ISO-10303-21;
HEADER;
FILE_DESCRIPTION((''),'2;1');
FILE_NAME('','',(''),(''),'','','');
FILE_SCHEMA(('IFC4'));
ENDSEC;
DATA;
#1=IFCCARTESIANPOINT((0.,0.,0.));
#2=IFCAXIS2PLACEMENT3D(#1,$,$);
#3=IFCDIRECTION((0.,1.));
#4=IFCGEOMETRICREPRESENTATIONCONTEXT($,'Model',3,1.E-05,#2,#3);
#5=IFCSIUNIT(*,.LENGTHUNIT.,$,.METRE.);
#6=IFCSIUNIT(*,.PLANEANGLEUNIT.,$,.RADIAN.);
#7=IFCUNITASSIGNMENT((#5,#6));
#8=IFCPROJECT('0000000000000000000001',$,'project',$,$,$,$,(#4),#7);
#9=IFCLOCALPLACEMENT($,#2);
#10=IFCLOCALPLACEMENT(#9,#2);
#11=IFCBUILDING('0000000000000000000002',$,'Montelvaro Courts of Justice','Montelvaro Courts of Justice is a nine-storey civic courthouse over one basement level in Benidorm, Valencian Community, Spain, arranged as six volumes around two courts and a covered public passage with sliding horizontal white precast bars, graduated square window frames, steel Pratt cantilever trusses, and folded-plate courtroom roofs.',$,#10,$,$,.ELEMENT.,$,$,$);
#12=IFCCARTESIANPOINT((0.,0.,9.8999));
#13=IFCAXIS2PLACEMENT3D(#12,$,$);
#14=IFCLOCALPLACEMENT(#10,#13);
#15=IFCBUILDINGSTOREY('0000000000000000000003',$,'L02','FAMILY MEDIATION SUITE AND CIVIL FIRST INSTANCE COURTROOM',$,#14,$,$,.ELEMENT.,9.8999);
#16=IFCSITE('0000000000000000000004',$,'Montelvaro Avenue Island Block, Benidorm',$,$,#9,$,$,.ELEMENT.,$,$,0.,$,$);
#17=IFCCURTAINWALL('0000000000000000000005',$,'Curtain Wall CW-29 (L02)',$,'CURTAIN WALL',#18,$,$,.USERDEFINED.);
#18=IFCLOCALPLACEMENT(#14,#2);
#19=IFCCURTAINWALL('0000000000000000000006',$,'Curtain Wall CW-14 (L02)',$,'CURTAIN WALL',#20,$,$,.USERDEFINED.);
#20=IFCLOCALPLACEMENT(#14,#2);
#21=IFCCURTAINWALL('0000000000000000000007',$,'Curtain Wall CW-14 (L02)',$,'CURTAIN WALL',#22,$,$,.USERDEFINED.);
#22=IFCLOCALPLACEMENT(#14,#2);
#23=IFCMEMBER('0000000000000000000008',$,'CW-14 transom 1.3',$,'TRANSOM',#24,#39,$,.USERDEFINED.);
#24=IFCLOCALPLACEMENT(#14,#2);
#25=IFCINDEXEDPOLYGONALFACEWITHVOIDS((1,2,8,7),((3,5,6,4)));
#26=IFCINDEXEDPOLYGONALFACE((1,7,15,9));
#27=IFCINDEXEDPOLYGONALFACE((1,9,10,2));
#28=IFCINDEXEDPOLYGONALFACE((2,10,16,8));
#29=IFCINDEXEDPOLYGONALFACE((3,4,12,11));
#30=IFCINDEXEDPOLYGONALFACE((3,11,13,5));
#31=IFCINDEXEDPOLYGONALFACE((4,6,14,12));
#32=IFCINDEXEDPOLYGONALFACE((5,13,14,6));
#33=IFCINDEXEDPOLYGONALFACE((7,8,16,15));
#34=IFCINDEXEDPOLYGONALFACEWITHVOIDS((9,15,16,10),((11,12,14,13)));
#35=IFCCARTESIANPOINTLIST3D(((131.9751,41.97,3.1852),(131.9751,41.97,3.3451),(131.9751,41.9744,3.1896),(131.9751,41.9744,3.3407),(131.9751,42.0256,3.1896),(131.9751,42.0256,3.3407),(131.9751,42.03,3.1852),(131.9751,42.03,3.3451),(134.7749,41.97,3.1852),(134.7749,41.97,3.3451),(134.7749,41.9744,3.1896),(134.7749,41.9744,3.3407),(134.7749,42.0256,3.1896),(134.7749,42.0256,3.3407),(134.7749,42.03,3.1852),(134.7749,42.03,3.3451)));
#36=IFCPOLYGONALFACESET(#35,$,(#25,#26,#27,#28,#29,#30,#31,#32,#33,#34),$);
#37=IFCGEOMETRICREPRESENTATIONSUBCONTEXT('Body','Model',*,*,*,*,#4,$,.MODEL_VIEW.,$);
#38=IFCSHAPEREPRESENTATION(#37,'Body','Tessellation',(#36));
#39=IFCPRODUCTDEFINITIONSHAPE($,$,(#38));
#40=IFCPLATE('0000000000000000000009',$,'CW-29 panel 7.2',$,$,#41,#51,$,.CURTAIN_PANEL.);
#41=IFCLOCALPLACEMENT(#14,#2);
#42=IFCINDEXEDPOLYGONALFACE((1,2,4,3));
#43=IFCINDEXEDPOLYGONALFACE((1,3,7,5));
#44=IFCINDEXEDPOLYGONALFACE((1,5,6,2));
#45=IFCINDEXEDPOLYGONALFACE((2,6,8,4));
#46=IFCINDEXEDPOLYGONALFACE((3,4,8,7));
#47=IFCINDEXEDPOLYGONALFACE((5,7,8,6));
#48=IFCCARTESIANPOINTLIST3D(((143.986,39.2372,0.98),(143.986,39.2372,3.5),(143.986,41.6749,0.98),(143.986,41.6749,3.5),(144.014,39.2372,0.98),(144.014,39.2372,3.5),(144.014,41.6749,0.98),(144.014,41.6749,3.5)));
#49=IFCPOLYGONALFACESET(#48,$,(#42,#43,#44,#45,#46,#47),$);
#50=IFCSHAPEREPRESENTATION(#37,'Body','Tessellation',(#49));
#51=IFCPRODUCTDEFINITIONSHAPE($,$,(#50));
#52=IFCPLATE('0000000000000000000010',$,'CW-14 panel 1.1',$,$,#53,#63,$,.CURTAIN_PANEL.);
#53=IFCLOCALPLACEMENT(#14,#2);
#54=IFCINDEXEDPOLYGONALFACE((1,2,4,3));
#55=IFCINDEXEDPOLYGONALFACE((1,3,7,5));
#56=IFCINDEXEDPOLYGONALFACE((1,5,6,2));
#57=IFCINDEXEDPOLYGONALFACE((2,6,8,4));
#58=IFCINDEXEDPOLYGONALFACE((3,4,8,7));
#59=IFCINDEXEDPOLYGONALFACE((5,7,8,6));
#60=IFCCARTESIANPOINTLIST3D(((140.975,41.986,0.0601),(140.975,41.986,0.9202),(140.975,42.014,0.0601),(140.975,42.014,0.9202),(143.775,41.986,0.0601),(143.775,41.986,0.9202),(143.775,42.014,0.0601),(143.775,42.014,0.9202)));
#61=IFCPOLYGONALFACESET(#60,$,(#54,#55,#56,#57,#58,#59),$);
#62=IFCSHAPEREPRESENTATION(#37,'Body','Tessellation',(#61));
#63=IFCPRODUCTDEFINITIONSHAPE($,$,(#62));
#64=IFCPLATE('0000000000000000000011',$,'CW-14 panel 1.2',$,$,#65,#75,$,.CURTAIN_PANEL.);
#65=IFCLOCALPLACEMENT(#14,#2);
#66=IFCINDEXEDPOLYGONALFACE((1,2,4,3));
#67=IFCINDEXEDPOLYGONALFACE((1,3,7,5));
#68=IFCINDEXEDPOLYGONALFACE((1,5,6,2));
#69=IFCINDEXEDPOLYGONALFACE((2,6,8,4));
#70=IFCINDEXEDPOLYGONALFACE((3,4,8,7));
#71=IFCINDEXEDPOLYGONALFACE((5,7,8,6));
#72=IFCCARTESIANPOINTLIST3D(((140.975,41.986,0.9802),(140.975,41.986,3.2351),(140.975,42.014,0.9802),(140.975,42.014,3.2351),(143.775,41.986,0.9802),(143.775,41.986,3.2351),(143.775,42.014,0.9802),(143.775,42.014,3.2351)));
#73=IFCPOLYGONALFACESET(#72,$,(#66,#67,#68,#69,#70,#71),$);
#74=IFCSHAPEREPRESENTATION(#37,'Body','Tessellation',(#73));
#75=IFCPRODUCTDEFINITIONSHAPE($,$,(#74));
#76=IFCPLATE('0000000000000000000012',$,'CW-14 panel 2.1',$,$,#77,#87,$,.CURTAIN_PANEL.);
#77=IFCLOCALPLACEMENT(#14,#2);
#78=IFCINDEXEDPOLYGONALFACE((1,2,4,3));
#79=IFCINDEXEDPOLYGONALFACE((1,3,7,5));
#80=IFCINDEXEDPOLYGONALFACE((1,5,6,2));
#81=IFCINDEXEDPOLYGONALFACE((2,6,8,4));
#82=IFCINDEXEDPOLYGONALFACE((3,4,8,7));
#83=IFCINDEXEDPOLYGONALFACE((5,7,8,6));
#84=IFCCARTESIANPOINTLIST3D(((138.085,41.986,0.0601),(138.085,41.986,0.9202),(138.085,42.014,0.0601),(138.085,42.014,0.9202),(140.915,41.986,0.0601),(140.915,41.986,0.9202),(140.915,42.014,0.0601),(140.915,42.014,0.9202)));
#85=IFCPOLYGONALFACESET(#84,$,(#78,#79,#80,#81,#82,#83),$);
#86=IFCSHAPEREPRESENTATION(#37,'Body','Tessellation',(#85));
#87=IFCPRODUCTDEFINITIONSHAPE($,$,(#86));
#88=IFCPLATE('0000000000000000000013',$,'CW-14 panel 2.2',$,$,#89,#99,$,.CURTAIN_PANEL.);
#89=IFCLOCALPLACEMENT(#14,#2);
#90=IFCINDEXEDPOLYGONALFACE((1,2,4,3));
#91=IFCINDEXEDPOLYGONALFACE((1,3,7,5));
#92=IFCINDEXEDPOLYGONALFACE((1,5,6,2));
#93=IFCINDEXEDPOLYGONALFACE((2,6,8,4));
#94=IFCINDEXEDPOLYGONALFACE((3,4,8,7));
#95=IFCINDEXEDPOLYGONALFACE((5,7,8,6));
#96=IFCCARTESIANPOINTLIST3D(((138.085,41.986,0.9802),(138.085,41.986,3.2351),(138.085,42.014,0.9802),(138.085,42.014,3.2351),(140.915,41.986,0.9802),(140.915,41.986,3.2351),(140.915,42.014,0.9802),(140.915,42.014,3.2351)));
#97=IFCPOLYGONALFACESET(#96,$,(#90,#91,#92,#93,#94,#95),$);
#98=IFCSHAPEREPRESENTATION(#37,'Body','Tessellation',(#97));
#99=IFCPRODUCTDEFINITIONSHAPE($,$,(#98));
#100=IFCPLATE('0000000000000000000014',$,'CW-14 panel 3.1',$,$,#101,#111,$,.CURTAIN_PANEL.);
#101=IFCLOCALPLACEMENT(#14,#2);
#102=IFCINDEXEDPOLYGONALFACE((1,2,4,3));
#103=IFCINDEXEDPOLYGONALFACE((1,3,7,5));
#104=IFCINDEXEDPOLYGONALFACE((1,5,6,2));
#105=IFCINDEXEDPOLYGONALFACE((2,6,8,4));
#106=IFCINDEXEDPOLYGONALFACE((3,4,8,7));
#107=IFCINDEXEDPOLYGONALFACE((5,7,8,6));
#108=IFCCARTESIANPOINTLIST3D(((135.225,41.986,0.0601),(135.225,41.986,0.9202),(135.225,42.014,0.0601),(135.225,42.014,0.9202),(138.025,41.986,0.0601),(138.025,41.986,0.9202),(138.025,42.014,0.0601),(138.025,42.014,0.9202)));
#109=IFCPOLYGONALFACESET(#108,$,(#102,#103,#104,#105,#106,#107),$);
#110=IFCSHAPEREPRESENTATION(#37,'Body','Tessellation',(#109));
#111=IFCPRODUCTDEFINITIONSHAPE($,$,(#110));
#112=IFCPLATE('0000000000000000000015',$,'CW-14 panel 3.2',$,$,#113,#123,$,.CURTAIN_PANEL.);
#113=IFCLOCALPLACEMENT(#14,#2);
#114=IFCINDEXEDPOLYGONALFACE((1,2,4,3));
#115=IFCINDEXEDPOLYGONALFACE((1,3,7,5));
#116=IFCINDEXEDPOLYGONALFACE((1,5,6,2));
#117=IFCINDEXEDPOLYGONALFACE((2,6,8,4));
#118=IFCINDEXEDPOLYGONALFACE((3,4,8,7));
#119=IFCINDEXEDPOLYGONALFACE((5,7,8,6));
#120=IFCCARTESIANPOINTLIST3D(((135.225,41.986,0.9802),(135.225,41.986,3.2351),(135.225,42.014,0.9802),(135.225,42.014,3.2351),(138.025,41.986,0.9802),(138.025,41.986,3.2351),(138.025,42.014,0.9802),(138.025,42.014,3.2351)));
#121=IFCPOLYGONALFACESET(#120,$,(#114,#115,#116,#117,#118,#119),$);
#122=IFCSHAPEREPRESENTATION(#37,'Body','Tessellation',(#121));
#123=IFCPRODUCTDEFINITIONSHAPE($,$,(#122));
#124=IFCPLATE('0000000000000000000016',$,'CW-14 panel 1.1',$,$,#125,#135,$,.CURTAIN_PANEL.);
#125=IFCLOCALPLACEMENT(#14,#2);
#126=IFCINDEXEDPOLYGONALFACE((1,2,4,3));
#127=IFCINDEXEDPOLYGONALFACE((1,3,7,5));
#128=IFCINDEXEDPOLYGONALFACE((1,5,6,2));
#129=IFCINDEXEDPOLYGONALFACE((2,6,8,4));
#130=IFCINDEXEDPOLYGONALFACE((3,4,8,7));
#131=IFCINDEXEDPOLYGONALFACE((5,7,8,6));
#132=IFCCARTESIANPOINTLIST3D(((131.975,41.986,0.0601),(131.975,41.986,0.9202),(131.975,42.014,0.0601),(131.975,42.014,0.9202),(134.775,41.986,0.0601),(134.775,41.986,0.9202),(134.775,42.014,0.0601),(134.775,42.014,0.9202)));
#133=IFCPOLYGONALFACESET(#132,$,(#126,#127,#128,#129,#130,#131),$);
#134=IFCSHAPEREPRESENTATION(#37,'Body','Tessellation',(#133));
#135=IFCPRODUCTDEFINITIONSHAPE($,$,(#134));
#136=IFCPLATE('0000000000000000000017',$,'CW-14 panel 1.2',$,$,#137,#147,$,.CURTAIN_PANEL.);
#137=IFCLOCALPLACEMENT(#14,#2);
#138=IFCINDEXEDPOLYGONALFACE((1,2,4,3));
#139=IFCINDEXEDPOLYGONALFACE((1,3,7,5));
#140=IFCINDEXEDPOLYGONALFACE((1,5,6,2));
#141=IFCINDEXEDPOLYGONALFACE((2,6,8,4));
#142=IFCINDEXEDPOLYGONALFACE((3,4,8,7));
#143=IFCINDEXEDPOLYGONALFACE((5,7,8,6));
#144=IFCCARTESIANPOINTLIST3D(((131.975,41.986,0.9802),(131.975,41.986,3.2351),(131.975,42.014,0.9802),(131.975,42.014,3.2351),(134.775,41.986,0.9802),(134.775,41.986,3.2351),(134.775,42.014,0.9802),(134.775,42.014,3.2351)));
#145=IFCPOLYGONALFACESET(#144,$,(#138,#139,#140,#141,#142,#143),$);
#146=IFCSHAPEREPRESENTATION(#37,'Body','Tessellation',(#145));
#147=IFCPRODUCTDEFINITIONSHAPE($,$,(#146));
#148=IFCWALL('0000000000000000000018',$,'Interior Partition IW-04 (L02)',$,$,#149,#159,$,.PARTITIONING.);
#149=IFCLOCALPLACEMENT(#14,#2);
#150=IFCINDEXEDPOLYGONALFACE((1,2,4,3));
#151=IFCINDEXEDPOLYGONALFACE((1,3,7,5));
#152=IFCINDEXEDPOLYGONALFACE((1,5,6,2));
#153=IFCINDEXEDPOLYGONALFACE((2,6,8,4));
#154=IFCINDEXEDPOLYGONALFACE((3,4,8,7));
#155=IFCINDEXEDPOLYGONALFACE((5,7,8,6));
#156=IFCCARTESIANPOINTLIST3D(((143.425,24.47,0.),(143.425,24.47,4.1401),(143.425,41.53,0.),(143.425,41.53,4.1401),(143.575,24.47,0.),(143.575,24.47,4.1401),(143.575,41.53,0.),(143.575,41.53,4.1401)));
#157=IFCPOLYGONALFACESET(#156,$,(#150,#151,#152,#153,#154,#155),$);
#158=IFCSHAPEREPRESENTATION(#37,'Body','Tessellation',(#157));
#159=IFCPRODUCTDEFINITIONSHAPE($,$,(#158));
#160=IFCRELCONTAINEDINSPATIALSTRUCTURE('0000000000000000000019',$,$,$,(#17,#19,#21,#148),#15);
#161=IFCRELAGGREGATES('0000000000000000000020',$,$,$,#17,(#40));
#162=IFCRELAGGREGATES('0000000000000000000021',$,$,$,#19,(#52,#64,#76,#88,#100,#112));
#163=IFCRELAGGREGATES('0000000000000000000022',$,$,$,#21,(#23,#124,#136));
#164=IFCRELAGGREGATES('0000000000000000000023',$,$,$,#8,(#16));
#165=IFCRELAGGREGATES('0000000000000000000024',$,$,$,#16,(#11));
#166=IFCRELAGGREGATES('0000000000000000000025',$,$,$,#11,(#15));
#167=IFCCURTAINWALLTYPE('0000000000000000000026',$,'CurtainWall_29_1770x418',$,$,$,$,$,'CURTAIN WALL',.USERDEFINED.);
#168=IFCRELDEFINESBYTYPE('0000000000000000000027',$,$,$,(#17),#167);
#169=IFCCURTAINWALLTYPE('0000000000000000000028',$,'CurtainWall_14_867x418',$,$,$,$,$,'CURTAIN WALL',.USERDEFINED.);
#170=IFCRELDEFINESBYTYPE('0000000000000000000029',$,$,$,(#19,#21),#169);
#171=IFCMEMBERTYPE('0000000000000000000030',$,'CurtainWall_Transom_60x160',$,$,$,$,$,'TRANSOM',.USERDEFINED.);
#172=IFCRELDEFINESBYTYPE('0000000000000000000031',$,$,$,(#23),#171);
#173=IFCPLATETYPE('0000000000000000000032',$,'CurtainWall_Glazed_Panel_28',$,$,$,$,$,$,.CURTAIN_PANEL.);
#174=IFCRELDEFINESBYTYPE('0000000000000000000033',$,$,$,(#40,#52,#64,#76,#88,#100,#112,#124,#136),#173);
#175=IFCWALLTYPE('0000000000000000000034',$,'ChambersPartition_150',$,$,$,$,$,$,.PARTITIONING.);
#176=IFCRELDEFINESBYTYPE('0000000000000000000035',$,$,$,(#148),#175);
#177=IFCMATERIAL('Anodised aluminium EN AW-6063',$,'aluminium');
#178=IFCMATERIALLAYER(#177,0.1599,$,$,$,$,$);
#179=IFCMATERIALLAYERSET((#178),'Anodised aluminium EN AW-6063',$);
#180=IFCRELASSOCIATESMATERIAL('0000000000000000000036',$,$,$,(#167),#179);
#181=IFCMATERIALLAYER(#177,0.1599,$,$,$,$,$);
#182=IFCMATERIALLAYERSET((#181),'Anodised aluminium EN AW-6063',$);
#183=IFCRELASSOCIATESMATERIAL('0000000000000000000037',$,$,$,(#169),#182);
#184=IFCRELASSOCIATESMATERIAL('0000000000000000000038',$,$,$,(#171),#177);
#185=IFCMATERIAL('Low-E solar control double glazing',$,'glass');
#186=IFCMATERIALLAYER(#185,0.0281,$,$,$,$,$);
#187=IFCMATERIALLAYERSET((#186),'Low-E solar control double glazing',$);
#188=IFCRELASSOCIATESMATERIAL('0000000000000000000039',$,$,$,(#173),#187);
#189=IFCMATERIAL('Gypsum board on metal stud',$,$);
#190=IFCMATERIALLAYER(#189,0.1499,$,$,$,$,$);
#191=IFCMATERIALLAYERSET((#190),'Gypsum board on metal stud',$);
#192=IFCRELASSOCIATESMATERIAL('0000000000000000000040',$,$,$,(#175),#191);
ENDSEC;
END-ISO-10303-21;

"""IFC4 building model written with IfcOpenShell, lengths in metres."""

from ifc_helpers import new_model, si_unit, direction, frame, frame_2d, origin, origin_2d, place, context, subcontext, project, spatial, rectangle, hollow_rectangle, extrude, material, layer, layer_set, material_profile, profile_set, type_object, element, aggregate, save


model = new_model("IFC4")

# Units and contexts
model_context = context("Model", 3, precision=1e-05, world=origin(), true_north=direction((0.0, 1.0)))
body_context = subcontext(model_context, "Body", "Model", "MODEL_VIEW")
ifc_project = project(units=[si_unit("LENGTHUNIT", "METRE"), si_unit("PLANEANGLEUNIT", "RADIAN")], contexts=[model_context])

# Site, building, storey
site_placement = place(None, origin())
site = spatial("IfcSite", under=ifc_project, at=site_placement, Name="Montelvaro Avenue Island Block, Benidorm", CompositionType="ELEMENT", RefElevation=0.0)
building_placement = place(site_placement, origin())
building = spatial("IfcBuilding", under=site, at=building_placement, Name="Montelvaro Courts of Justice", Description="Montelvaro Courts of Justice is a nine-storey civic courthouse over one basement level in Benidorm, Valencian Community, Spain, arranged as six volumes around two courts and a covered public passage with sliding horizontal white precast bars, graduated square window frames, steel Pratt cantilever trusses, and folded-plate courtroom roofs.", CompositionType="ELEMENT")
storey_placement = place(building_placement, frame((0.0, 0.0, 9.8999)))
storey = spatial("IfcBuildingStorey", under=building, at=storey_placement, Name="L02", Description="FAMILY MEDIATION SUITE AND CIVIL FIRST INSTANCE COURTROOM", CompositionType="ELEMENT", Elevation=9.8999)

# Curtain wall
ifc_material_1 = material(Name="Anodised aluminium EN AW-6063", Category="aluminium")
ifc_layer_1 = layer(ifc_material_1, 0.1599)
ifc_layer_set_1 = layer_set([ifc_layer_1], Name="Anodised aluminium EN AW-6063")
curtain_wall_type_1 = type_object("IfcCurtainWallType", Name="CurtainWall_29_1770x418", ElementType="CURTAIN WALL", PredefinedType="USERDEFINED", material=ifc_layer_set_1)
curtain_wall_1_placement = place(storey_placement, origin())
curtain_wall_1 = element("IfcCurtainWall", 1, at=curtain_wall_1_placement, inside=storey, type_object=curtain_wall_type_1, Name="Curtain Wall CW-29 (L02)", ObjectType="CURTAIN WALL", PredefinedType="USERDEFINED")

# Curtain wall
ifc_layer_2 = layer(ifc_material_1, 0.1599)
ifc_layer_set_2 = layer_set([ifc_layer_2], Name="Anodised aluminium EN AW-6063")
curtain_wall_type_2 = type_object("IfcCurtainWallType", Name="CurtainWall_14_867x418", ElementType="CURTAIN WALL", PredefinedType="USERDEFINED", material=ifc_layer_set_2)
curtain_wall_2_placement = place(storey_placement, origin())
curtain_wall_2 = element("IfcCurtainWall", 2, at=curtain_wall_2_placement, inside=storey, type_object=curtain_wall_type_2, Name="Curtain Wall CW-14 (L02)", ObjectType="CURTAIN WALL", PredefinedType="USERDEFINED")

# Curtain wall
curtain_wall_3_placement = place(storey_placement, origin())
curtain_wall_3 = element("IfcCurtainWall", 3, at=curtain_wall_3_placement, inside=storey, type_object=curtain_wall_type_2, Name="Curtain Wall CW-14 (L02)", ObjectType="CURTAIN WALL", PredefinedType="USERDEFINED")

# Member
ifc_material_profile_1 = material_profile(ifc_material_1, hollow_rectangle(XDim=0.0601, YDim=0.1599, WallThickness=0.0044, at=origin_2d()), Name="ALU-T 60x160")
ifc_profile_set_1 = profile_set([ifc_material_profile_1], Name="Anodised aluminium EN AW-6063")
member_type_1 = type_object("IfcMemberType", Name="CurtainWall_Transom_60x160", ElementType="TRANSOM", PredefinedType="USERDEFINED", material=ifc_profile_set_1)
member_1_placement = place(storey_placement, frame((134.7749, 42.0, 3.2651), z_axis=(-1.0, 0.0, 0.0), x_axis=(0.0, -1.0, 0.0)))
member_1 = element("IfcMember", 4, at=member_1_placement, type_object=member_type_1, Name="CW-14 transom 1.3", ObjectType="TRANSOM", PredefinedType="USERDEFINED", context=body_context, shape_type="SweptSolid", body=[
    extrude(hollow_rectangle(XDim=0.0601, YDim=0.1599, WallThickness=0.0044, at=origin_2d()), origin(), (0.0, 0.0, 1.0), 2.7998),
])

# Plates
ifc_material_2 = material(Name="Low-E solar control double glazing", Category="glass")
ifc_layer_3 = layer(ifc_material_2, 0.0281)
ifc_layer_set_3 = layer_set([ifc_layer_3], Name="Low-E solar control double glazing")
plate_type = type_object("IfcPlateType", Name="CurtainWall_Glazed_Panel_28", PredefinedType="CURTAIN_PANEL", material=ifc_layer_set_3)
plate_1_placement = place(storey_placement, frame((144.0, 40.4561, 0.98), z_axis=(0.0, 0.0, 1.0), x_axis=(0.0, 1.0, 0.0)))
plate_1 = element("IfcPlate", 5, at=plate_1_placement, type_object=plate_type, Name="CW-29 panel 7.2", PredefinedType="CURTAIN_PANEL", context=body_context, shape_type="SweptSolid", body=[
    extrude(rectangle(XDim=2.4377, YDim=0.0281, at=origin_2d()), origin(), (0.0, 0.0, 1.0), 2.52),
])
aggregate(curtain_wall_1, [plate_1])
plate_2_placement = place(storey_placement, frame((142.375, 42.0, 0.0601), z_axis=(0.0, 0.0, 1.0), x_axis=(-1.0, 0.0, 0.0)))
plate_2 = element("IfcPlate", 6, at=plate_2_placement, type_object=plate_type, Name="CW-14 panel 1.1", PredefinedType="CURTAIN_PANEL", context=body_context, shape_type="SweptSolid", body=[
    extrude(rectangle(XDim=2.8, YDim=0.0281, at=origin_2d()), origin(), (0.0, 0.0, 1.0), 0.8601),
])
plate_3_placement = place(storey_placement, frame((142.375, 42.0, 0.9802), z_axis=(0.0, 0.0, 1.0), x_axis=(-1.0, 0.0, 0.0)))
plate_3 = element("IfcPlate", 7, at=plate_3_placement, type_object=plate_type, Name="CW-14 panel 1.2", PredefinedType="CURTAIN_PANEL", context=body_context, shape_type="SweptSolid", body=[
    extrude(rectangle(XDim=2.8, YDim=0.0281, at=origin_2d()), origin(), (0.0, 0.0, 1.0), 2.2549),
])
plate_4_placement = place(storey_placement, frame((139.5, 42.0, 0.0601), z_axis=(0.0, 0.0, 1.0), x_axis=(-1.0, 0.0, 0.0)))
plate_4 = element("IfcPlate", 8, at=plate_4_placement, type_object=plate_type, Name="CW-14 panel 2.1", PredefinedType="CURTAIN_PANEL", context=body_context, shape_type="SweptSolid", body=[
    extrude(rectangle(XDim=2.8301, YDim=0.0281, at=origin_2d()), origin(), (0.0, 0.0, 1.0), 0.8601),
])
plate_5_placement = place(storey_placement, frame((139.5, 42.0, 0.9802), z_axis=(0.0, 0.0, 1.0), x_axis=(-1.0, 0.0, 0.0)))
plate_5 = element("IfcPlate", 9, at=plate_5_placement, type_object=plate_type, Name="CW-14 panel 2.2", PredefinedType="CURTAIN_PANEL", context=body_context, shape_type="SweptSolid", body=[
    extrude(rectangle(XDim=2.8301, YDim=0.0281, at=origin_2d()), origin(), (0.0, 0.0, 1.0), 2.2549),
])
plate_6_placement = place(storey_placement, frame((136.625, 42.0, 0.0601), z_axis=(0.0, 0.0, 1.0), x_axis=(-1.0, 0.0, 0.0)))
plate_6 = element("IfcPlate", 10, at=plate_6_placement, type_object=plate_type, Name="CW-14 panel 3.1", PredefinedType="CURTAIN_PANEL", context=body_context, shape_type="SweptSolid", body=[
    extrude(rectangle(XDim=2.8, YDim=0.0281, at=origin_2d()), origin(), (0.0, 0.0, 1.0), 0.8601),
])
plate_7_placement = place(storey_placement, frame((136.625, 42.0, 0.9802), z_axis=(0.0, 0.0, 1.0), x_axis=(-1.0, 0.0, 0.0)))
plate_7 = element("IfcPlate", 11, at=plate_7_placement, type_object=plate_type, Name="CW-14 panel 3.2", PredefinedType="CURTAIN_PANEL", context=body_context, shape_type="SweptSolid", body=[
    extrude(rectangle(XDim=2.8, YDim=0.0281, at=origin_2d()), origin(), (0.0, 0.0, 1.0), 2.2549),
])
aggregate(curtain_wall_2, [plate_2, plate_3, plate_4, plate_5, plate_6, plate_7])
plate_8_placement = place(storey_placement, frame((133.375, 42.0, 0.0601), z_axis=(0.0, 0.0, 1.0), x_axis=(-1.0, 0.0, 0.0)))
plate_8 = element("IfcPlate", 12, at=plate_8_placement, type_object=plate_type, Name="CW-14 panel 1.1", PredefinedType="CURTAIN_PANEL", context=body_context, shape_type="SweptSolid", body=[
    extrude(rectangle(XDim=2.8, YDim=0.0281, at=origin_2d()), origin(), (0.0, 0.0, 1.0), 0.8601),
])
plate_9_placement = place(storey_placement, frame((133.375, 42.0, 0.9802), z_axis=(0.0, 0.0, 1.0), x_axis=(-1.0, 0.0, 0.0)))
plate_9 = element("IfcPlate", 13, at=plate_9_placement, type_object=plate_type, Name="CW-14 panel 1.2", PredefinedType="CURTAIN_PANEL", context=body_context, shape_type="SweptSolid", body=[
    extrude(rectangle(XDim=2.8, YDim=0.0281, at=origin_2d()), origin(), (0.0, 0.0, 1.0), 2.2549),
])
aggregate(curtain_wall_3, [member_1, plate_8, plate_9])

# Wall
ifc_material_3 = material(Name="Gypsum board on metal stud")
ifc_layer_4 = layer(ifc_material_3, 0.1499)
ifc_layer_set_4 = layer_set([ifc_layer_4], Name="Gypsum board on metal stud")
wall_type = type_object("IfcWallType", Name="ChambersPartition_150", PredefinedType="PARTITIONING", material=ifc_layer_set_4)
wall_placement = place(storey_placement, frame((143.5, 41.53, 0.0), z_axis=(0.0, 0.0, 1.0), x_axis=(0.0, -1.0, 0.0)))
element("IfcWall", 14, at=wall_placement, inside=storey, type_object=wall_type, Name="Interior Partition IW-04 (L02)", PredefinedType="PARTITIONING", context=body_context, shape_type="SweptSolid", body=[
    extrude(rectangle(XDim=17.0601, YDim=0.1499, at=frame_2d((8.53, 0.0))), origin(), (0.0, 0.0, 1.0), 4.1401),
])

save(model, "model.ifc")
